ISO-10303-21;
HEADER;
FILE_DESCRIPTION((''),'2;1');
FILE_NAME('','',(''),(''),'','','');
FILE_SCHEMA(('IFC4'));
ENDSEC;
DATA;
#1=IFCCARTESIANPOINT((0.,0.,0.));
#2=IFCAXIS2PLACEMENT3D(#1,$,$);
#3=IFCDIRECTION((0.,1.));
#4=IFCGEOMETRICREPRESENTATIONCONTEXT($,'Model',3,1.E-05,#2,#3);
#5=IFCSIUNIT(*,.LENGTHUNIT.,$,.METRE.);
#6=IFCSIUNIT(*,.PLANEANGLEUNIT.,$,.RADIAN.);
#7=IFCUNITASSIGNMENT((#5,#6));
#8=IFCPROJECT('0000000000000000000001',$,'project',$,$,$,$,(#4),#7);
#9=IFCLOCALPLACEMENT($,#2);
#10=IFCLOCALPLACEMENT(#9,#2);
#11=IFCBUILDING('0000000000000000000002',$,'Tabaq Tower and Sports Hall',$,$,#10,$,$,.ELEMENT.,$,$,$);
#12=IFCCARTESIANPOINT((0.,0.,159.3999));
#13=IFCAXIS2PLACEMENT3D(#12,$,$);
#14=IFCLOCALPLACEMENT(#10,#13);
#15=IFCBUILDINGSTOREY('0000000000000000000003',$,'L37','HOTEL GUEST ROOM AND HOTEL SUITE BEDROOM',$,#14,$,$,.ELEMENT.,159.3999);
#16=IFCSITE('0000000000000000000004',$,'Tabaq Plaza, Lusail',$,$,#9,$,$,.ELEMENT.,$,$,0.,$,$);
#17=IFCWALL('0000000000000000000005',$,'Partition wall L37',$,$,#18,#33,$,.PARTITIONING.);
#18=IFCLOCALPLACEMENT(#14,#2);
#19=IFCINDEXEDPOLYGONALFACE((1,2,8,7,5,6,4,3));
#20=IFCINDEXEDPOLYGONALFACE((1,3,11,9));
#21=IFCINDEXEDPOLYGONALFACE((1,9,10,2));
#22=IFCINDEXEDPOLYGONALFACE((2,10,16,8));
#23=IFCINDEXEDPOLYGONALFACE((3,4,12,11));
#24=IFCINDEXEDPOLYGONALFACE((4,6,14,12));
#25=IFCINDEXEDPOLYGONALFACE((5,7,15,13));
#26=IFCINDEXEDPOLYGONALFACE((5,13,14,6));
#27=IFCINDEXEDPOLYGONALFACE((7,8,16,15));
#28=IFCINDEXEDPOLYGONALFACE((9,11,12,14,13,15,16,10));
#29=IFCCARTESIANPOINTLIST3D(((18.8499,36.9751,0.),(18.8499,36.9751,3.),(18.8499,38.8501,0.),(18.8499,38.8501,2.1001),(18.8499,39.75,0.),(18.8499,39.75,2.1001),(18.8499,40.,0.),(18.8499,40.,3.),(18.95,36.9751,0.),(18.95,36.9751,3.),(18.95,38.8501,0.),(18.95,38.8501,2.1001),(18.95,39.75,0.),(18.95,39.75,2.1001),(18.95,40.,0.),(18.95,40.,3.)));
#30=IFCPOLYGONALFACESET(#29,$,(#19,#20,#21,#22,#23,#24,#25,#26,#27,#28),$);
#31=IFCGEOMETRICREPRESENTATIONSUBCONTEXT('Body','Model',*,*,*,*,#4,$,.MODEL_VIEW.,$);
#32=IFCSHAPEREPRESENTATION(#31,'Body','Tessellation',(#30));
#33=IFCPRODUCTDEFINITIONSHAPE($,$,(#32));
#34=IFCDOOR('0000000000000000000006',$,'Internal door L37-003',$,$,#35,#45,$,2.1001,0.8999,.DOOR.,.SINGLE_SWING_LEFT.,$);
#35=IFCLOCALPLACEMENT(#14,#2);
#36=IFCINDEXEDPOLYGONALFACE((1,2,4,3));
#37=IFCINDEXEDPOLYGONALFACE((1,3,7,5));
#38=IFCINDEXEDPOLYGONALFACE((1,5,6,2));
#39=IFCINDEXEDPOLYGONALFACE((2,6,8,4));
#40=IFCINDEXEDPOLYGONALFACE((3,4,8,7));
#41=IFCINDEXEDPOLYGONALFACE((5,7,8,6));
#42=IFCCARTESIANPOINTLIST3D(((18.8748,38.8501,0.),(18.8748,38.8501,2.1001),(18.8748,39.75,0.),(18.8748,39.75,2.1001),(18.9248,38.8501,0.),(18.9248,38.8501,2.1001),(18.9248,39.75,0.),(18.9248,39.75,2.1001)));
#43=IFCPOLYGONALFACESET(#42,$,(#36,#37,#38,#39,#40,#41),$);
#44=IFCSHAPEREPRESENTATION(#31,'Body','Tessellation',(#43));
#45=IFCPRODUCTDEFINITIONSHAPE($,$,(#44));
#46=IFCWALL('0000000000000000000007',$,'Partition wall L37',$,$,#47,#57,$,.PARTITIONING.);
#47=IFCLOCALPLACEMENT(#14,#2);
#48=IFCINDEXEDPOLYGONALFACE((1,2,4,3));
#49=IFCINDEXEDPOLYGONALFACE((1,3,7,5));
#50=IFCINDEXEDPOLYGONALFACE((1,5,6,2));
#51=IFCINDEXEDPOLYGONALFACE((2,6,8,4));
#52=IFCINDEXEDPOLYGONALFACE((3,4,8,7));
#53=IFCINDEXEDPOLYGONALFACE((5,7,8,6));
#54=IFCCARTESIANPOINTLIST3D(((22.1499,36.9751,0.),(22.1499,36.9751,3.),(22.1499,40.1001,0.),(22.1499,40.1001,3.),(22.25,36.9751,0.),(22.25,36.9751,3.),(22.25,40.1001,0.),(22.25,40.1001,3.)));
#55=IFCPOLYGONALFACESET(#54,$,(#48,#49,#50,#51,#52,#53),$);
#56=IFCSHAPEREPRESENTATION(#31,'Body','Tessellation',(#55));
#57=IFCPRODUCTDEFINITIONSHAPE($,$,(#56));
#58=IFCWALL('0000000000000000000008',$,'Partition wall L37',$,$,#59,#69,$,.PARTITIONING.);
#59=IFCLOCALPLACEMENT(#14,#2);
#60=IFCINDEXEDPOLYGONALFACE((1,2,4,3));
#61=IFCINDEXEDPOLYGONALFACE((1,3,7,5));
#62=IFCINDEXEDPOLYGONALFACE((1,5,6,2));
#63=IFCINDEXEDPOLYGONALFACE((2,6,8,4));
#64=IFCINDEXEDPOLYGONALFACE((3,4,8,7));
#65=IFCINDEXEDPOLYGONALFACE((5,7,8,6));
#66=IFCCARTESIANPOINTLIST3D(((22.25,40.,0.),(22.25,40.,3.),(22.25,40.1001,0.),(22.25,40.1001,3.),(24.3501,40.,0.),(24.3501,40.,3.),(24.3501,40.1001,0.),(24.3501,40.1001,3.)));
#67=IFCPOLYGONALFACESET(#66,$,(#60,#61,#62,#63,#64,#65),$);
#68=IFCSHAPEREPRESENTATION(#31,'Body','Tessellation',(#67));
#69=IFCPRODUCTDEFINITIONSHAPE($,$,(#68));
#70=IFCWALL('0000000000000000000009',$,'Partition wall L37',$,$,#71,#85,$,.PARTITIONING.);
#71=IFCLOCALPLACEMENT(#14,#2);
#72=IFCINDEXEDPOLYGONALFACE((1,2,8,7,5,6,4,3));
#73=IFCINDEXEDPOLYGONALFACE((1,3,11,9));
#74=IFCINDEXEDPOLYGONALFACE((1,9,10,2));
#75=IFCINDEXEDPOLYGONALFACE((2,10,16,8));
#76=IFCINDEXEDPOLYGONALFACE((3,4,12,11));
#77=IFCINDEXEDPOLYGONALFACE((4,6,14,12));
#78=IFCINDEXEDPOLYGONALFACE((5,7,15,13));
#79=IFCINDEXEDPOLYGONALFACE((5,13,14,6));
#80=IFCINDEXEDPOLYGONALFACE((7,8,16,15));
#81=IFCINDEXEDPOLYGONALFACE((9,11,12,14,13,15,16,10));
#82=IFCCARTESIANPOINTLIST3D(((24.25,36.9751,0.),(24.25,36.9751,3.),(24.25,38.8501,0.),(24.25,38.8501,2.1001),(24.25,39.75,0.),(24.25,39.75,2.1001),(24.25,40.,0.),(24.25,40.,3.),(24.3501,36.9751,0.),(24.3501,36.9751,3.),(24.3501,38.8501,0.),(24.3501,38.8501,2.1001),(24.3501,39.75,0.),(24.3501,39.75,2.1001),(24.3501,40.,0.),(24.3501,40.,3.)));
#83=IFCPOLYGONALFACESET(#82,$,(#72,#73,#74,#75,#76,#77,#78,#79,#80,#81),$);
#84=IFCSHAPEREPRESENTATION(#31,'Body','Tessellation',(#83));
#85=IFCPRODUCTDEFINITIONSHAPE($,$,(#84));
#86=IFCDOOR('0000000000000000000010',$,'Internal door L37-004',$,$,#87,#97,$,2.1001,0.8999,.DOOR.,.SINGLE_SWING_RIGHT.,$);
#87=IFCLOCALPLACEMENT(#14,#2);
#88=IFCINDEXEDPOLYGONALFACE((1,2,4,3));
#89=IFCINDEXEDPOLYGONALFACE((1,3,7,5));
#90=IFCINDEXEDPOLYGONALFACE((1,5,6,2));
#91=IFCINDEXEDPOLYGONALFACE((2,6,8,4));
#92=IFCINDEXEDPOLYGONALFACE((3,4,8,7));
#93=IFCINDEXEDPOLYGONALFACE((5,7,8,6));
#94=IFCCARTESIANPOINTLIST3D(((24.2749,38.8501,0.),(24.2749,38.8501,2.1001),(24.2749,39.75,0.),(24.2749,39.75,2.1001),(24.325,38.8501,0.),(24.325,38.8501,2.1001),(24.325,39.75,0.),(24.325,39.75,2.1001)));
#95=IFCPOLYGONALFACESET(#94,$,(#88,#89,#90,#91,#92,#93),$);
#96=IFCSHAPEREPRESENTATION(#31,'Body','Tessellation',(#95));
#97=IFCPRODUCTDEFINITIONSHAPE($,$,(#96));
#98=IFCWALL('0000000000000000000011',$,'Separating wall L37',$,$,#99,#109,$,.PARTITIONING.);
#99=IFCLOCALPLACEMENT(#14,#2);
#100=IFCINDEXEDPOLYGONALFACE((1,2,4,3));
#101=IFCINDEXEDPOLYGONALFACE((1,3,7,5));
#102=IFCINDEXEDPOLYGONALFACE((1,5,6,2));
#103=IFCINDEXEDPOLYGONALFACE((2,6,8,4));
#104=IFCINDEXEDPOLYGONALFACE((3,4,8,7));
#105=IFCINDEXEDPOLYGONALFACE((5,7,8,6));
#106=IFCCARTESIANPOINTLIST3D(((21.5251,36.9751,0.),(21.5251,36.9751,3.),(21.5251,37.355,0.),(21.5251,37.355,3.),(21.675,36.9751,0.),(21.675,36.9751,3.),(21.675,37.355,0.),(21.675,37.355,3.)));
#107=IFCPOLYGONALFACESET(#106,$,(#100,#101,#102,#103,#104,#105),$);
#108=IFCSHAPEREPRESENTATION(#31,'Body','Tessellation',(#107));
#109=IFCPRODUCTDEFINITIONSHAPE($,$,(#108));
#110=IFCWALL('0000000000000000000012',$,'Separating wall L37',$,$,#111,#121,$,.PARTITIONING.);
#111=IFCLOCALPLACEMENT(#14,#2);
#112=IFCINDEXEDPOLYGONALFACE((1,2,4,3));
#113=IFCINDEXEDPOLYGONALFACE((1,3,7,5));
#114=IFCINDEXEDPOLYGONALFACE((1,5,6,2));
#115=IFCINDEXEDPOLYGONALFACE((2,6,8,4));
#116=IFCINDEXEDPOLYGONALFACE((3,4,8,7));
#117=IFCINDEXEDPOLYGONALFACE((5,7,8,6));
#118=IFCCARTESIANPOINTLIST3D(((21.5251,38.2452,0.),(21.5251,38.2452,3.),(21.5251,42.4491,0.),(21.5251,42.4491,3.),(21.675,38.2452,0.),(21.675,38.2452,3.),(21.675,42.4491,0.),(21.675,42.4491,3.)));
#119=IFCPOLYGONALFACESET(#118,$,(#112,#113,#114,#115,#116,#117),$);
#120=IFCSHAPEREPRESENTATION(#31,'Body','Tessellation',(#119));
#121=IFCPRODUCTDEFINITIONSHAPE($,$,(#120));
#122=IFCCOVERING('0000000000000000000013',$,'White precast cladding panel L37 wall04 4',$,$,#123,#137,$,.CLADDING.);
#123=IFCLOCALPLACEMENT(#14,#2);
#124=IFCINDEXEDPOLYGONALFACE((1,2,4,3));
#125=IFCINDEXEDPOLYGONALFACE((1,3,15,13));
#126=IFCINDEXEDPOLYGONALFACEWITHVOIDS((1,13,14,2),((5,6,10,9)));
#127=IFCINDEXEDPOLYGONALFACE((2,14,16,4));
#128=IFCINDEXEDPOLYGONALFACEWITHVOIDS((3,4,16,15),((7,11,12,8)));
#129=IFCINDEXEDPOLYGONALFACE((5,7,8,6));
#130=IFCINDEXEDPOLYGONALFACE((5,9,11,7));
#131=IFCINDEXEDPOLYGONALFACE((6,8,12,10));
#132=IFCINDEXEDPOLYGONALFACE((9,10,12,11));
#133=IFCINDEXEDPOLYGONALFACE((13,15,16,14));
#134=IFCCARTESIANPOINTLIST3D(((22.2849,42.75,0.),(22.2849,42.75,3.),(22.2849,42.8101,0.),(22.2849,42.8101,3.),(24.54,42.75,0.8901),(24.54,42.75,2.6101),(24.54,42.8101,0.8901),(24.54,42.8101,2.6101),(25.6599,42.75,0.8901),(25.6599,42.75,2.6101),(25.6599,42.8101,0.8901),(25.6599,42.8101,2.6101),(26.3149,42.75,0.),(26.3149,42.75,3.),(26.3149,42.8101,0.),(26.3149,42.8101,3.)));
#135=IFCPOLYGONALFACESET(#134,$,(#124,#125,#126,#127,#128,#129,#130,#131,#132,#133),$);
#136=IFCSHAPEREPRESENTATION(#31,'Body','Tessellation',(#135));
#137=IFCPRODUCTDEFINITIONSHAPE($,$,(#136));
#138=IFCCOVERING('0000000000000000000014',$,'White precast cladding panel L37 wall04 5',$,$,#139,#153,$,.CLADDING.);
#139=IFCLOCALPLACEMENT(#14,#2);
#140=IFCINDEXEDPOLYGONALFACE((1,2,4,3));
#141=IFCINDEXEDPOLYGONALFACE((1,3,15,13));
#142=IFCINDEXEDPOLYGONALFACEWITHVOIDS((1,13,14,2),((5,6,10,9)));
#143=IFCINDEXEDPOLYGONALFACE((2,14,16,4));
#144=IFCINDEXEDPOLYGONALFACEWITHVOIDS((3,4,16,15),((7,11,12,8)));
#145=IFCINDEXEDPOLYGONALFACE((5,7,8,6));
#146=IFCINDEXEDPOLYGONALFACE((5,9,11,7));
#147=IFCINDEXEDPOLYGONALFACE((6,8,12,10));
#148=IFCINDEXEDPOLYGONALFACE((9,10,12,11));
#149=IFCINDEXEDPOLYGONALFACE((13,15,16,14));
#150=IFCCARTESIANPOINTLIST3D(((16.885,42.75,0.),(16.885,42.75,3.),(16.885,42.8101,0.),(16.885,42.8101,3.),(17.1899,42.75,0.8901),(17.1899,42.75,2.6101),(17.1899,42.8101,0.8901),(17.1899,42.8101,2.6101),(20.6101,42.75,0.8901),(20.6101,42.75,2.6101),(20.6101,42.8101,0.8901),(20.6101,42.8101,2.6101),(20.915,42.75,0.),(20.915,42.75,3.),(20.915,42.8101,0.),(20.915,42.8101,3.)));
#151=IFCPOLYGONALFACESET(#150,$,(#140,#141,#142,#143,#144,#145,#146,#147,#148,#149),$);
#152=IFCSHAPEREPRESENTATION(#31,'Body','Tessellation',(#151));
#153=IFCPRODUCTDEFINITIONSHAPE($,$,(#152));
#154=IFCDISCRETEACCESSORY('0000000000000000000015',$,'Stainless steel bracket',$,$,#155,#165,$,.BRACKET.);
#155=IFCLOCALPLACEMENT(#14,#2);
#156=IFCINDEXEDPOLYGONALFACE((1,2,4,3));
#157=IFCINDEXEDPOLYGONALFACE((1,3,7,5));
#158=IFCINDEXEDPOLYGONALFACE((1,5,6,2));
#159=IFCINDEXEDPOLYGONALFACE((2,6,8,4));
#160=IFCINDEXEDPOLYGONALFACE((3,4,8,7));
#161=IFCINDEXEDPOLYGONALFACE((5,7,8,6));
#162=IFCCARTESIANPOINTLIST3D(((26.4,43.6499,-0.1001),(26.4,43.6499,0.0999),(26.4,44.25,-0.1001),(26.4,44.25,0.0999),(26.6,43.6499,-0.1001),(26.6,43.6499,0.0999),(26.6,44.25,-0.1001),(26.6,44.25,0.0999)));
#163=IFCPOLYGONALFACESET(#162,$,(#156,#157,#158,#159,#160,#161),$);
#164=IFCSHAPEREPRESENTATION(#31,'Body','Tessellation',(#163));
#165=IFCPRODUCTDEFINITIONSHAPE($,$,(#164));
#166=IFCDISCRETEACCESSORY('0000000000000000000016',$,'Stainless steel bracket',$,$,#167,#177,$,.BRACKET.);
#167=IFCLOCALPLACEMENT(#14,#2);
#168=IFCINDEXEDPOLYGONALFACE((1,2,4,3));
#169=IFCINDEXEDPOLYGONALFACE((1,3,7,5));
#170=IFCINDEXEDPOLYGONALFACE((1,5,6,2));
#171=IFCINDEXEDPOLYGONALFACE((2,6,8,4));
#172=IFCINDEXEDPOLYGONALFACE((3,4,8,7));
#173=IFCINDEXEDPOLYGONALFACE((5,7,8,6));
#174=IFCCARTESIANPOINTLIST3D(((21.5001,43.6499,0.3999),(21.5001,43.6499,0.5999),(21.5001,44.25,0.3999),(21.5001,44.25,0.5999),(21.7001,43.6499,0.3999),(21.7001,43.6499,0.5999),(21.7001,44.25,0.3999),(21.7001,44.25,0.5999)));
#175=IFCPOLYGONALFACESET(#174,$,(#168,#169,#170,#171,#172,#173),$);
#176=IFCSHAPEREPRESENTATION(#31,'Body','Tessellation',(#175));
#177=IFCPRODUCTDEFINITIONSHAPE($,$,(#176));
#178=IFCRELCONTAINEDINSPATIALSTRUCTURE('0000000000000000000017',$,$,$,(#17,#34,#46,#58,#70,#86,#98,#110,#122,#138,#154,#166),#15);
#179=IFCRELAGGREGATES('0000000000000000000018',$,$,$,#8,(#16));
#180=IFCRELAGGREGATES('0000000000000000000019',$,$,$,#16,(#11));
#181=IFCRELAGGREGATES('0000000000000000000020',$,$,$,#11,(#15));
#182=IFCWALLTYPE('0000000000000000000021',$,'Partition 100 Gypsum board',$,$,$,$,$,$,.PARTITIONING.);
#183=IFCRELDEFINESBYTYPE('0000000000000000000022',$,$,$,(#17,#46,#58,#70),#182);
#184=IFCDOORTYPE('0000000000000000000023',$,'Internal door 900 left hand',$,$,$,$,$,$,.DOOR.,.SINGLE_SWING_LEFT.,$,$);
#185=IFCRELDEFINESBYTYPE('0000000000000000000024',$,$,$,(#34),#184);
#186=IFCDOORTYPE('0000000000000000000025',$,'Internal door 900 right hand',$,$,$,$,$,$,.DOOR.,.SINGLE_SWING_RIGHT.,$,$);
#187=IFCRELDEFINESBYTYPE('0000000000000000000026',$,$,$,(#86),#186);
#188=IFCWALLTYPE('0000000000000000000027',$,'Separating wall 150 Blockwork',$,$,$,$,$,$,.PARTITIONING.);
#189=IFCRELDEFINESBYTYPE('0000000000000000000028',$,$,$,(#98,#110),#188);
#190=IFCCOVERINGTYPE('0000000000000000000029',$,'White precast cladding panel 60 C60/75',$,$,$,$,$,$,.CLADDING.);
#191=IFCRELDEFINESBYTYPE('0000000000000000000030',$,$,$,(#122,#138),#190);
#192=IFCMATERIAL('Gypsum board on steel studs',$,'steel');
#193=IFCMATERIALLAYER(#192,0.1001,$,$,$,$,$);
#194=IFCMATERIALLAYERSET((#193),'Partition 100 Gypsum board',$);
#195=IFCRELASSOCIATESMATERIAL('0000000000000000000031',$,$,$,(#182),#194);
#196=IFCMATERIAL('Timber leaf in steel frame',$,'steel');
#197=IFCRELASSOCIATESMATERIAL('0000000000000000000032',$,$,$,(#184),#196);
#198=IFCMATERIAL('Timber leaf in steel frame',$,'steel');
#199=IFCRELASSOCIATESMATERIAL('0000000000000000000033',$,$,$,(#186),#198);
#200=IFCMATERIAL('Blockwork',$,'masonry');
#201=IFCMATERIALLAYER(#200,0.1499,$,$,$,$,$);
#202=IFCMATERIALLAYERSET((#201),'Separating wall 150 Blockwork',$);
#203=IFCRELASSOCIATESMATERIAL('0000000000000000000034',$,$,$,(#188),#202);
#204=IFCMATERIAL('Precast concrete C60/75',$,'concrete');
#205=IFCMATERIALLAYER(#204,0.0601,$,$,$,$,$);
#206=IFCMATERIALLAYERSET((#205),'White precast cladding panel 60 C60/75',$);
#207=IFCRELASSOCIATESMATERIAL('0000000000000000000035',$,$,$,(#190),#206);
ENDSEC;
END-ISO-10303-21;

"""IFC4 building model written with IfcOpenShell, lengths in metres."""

from ifc_helpers import new_model, si_unit, direction, frame, frame_2d, origin, origin_2d, place, context, subcontext, project, spatial, polyline, rectangle, outline, extrude, material, layer, layer_set, type_object, element, fill, save


model = new_model("IFC4")

# Units and contexts
model_context = context("Model", 3, precision=1e-05, world=origin(), true_north=direction((0.0, 1.0)))
body_context = subcontext(model_context, "Body", "Model", "MODEL_VIEW")
ifc_project = project(units=[si_unit("LENGTHUNIT", "METRE"), si_unit("PLANEANGLEUNIT", "RADIAN")], contexts=[model_context])

# Site, building, storey
site_placement = place(None, origin())
site = spatial("IfcSite", under=ifc_project, at=site_placement, Name="Tabaq Plaza, Lusail", CompositionType="ELEMENT", RefElevation=0.0)
building_placement = place(site_placement, origin())
building = spatial("IfcBuilding", under=site, at=building_placement, Name="Tabaq Tower and Sports Hall", CompositionType="ELEMENT")
storey_placement = place(building_placement, frame((0.0, 0.0, 159.3999)))
storey = spatial("IfcBuildingStorey", under=building, at=storey_placement, Name="L37", Description="HOTEL GUEST ROOM AND HOTEL SUITE BEDROOM", CompositionType="ELEMENT", Elevation=159.3999)

# Shared definitions
ifc_material_1 = material(Name="Gypsum board on steel studs", Category="steel")
ifc_layer_1 = layer(ifc_material_1, 0.1001)
ifc_layer_set_1 = layer_set([ifc_layer_1], Name="Partition 100 Gypsum board")
wall_type_1 = type_object("IfcWallType", Name="Partition 100 Gypsum board", PredefinedType="PARTITIONING", material=ifc_layer_set_1)

# Wall, opening, door
wall_1_placement = place(storey_placement, frame((18.8999, 40.0, 0.0), z_axis=(0.0, 0.0, 1.0), x_axis=(0.0, -1.0, 0.0)))
wall_1 = element("IfcWall", 1, at=wall_1_placement, inside=storey, type_object=wall_type_1, Name="Partition wall L37", PredefinedType="PARTITIONING", context=body_context, shape_type="SweptSolid", body=[
    extrude(rectangle(XDim=3.0249, YDim=0.1001, at=frame_2d((1.5125, 0.0))), origin(), (0.0, 0.0, 1.0), 3.0),
])
opening_1_placement = place(wall_1_placement, frame((0.25, 0.0, 0.0)))
opening_1 = element("IfcOpeningElement", 2, at=opening_1_placement, cuts=wall_1, PredefinedType="OPENING", context=body_context, shape_type="SweptSolid", body=[
    extrude(rectangle(XDim=0.8999, YDim=2.1001, at=frame_2d((0.45, 1.05))), frame((0.0, 0.05, 0.0), z_axis=(0.0, -1.0, 0.0), x_axis=(1.0, 0.0, 0.0)), (0.0, 0.0, 1.0), 0.1001),
])
ifc_material_2 = material(Name="Timber leaf in steel frame", Category="steel")
door_type_1 = type_object("IfcDoorType", Name="Internal door 900 left hand", OperationType="SINGLE_SWING_LEFT", PredefinedType="DOOR", material=ifc_material_2)
door_1_placement = place(opening_1_placement, origin())
door_1 = element("IfcDoor", 3, at=door_1_placement, inside=storey, type_object=door_type_1, Name="Internal door L37-003", OperationType="SINGLE_SWING_LEFT", OverallHeight=2.1001, OverallWidth=0.8999, PredefinedType="DOOR", context=body_context, shape_type="SweptSolid", body=[
    extrude(rectangle(XDim=0.8999, YDim=2.1001, at=frame_2d((0.45, 1.05))), frame((0.0, 0.0249, 0.0), z_axis=(0.0, -1.0, 0.0), x_axis=(1.0, 0.0, 0.0)), (0.0, 0.0, 1.0), 0.05),
])
fill(opening_1, door_1)

# Walls
wall_2_placement = place(storey_placement, frame((22.2, 36.9751, 0.0), z_axis=(0.0, 0.0, 1.0), x_axis=(0.0, 1.0, 0.0)))
element("IfcWall", 4, at=wall_2_placement, inside=storey, type_object=wall_type_1, Name="Partition wall L37", PredefinedType="PARTITIONING", context=body_context, shape_type="SweptSolid", body=[
    extrude(rectangle(XDim=3.125, YDim=0.1001, at=frame_2d((1.5625, 0.0))), origin(), (0.0, 0.0, 1.0), 3.0),
])
wall_3_placement = place(storey_placement, frame((22.25, 40.05, 0.0), z_axis=(0.0, 0.0, 1.0), x_axis=(1.0, 0.0, 0.0)))
element("IfcWall", 5, at=wall_3_placement, inside=storey, type_object=wall_type_1, Name="Partition wall L37", PredefinedType="PARTITIONING", context=body_context, shape_type="SweptSolid", body=[
    extrude(rectangle(XDim=2.1001, YDim=0.1001, at=frame_2d((1.05, 0.0))), origin(), (0.0, 0.0, 1.0), 3.0),
])

# Wall, opening, door
wall_4_placement = place(storey_placement, frame((24.3, 40.0, 0.0), z_axis=(0.0, 0.0, 1.0), x_axis=(0.0, -1.0, 0.0)))
wall_4 = element("IfcWall", 6, at=wall_4_placement, inside=storey, type_object=wall_type_1, Name="Partition wall L37", PredefinedType="PARTITIONING", context=body_context, shape_type="SweptSolid", body=[
    extrude(rectangle(XDim=3.0249, YDim=0.1001, at=frame_2d((1.5125, 0.0))), origin(), (0.0, 0.0, 1.0), 3.0),
])
opening_2_placement = place(wall_4_placement, frame((0.25, 0.0, 0.0)))
opening_2 = element("IfcOpeningElement", 7, at=opening_2_placement, cuts=wall_4, PredefinedType="OPENING", context=body_context, shape_type="SweptSolid", body=[
    extrude(rectangle(XDim=0.8999, YDim=2.1001, at=frame_2d((0.45, 1.05))), frame((0.0, 0.05, 0.0), z_axis=(0.0, -1.0, 0.0), x_axis=(1.0, 0.0, 0.0)), (0.0, 0.0, 1.0), 0.1001),
])
ifc_material_3 = material(Name="Timber leaf in steel frame", Category="steel")
door_type_2 = type_object("IfcDoorType", Name="Internal door 900 right hand", OperationType="SINGLE_SWING_RIGHT", PredefinedType="DOOR", material=ifc_material_3)
door_2_placement = place(opening_2_placement, origin())
door_2 = element("IfcDoor", 8, at=door_2_placement, inside=storey, type_object=door_type_2, Name="Internal door L37-004", OperationType="SINGLE_SWING_RIGHT", OverallHeight=2.1001, OverallWidth=0.8999, PredefinedType="DOOR", context=body_context, shape_type="SweptSolid", body=[
    extrude(rectangle(XDim=0.8999, YDim=2.1001, at=frame_2d((0.45, 1.05))), frame((0.0, 0.0249, 0.0), z_axis=(0.0, -1.0, 0.0), x_axis=(1.0, 0.0, 0.0)), (0.0, 0.0, 1.0), 0.05),
])
fill(opening_2, door_2)

# Walls
ifc_material_4 = material(Name="Blockwork", Category="masonry")
ifc_layer_2 = layer(ifc_material_4, 0.1499)
ifc_layer_set_2 = layer_set([ifc_layer_2], Name="Separating wall 150 Blockwork")
wall_type_2 = type_object("IfcWallType", Name="Separating wall 150 Blockwork", PredefinedType="PARTITIONING", material=ifc_layer_set_2)
wall_5_placement = place(storey_placement, frame((21.6001, 36.9751, 0.0), z_axis=(0.0, 0.0, 1.0), x_axis=(0.0, 1.0, 0.0)))
element("IfcWall", 9, at=wall_5_placement, inside=storey, type_object=wall_type_2, Name="Separating wall L37", PredefinedType="PARTITIONING", context=body_context, shape_type="SweptSolid", body=[
    extrude(rectangle(XDim=0.3799, YDim=0.1499, at=frame_2d((0.1899, 0.0))), origin(), (0.0, 0.0, 1.0), 3.0),
])
wall_6_placement = place(storey_placement, frame((21.6001, 38.2451, 0.0), z_axis=(0.0, 0.0, 1.0), x_axis=(0.0, 1.0, 0.0)))
element("IfcWall", 10, at=wall_6_placement, inside=storey, type_object=wall_type_2, Name="Separating wall L37", PredefinedType="PARTITIONING", context=body_context, shape_type="SweptSolid", body=[
    extrude(rectangle(XDim=4.2039, YDim=0.1499, at=frame_2d((2.1021, 0.0))), origin(), (0.0, 0.0, 1.0), 3.0),
])

# Coverings
ifc_material_5 = material(Name="Precast concrete C60/75", Category="concrete")
ifc_layer_3 = layer(ifc_material_5, 0.0601)
ifc_layer_set_3 = layer_set([ifc_layer_3], Name="White precast cladding panel 60 C60/75")
covering_type = type_object("IfcCoveringType", Name="White precast cladding panel 60 C60/75", PredefinedType="CLADDING", material=ifc_layer_set_3)
covering_1_placement = place(storey_placement, frame((26.3149, 42.78, 0.0), z_axis=(0.0, 0.0, 1.0), x_axis=(-1.0, 0.0, 0.0)))
element("IfcCovering", 11, at=covering_1_placement, inside=storey, type_object=covering_type, Name="White precast cladding panel L37 wall04 4", PredefinedType="CLADDING", context=body_context, shape_type="SweptSolid", body=[
    extrude(outline(polyline([(0.0, 0.0), (4.03, 0.0), (4.03, 3.0), (0.0, 3.0), (0.0, 0.0)]), holes=[polyline([(0.655, 0.8901), (0.655, 2.6101), (1.7749, 2.6101), (1.7749, 0.8901), (0.655, 0.8901)])]), frame((0.0, 0.03, 0.0), z_axis=(0.0, -1.0, 0.0), x_axis=(1.0, 0.0, 0.0)), (0.0, 0.0, 1.0), 0.0601),
])
covering_2_placement = place(storey_placement, frame((20.915, 42.78, 0.0), z_axis=(0.0, 0.0, 1.0), x_axis=(-1.0, 0.0, 0.0)))
element("IfcCovering", 12, at=covering_2_placement, inside=storey, type_object=covering_type, Name="White precast cladding panel L37 wall04 5", PredefinedType="CLADDING", context=body_context, shape_type="SweptSolid", body=[
    extrude(outline(polyline([(0.0, 0.0), (4.03, 0.0), (4.03, 3.0), (0.0, 3.0), (0.0, 0.0)]), holes=[polyline([(0.3049, 0.8901), (0.3049, 2.6101), (3.7251, 2.6101), (3.7251, 0.8901), (0.3049, 0.8901)])]), frame((0.0, 0.03, 0.0), z_axis=(0.0, -1.0, 0.0), x_axis=(1.0, 0.0, 0.0)), (0.0, 0.0, 1.0), 0.0601),
])

# Discrete accessories
for number, where, z_axis, x_axis, name in (
    (13, (26.5, 43.95, -0.1001), (0.0, 0.0, 1.0), (0.0, 1.0, 0.0), "Stainless steel bracket"),
    (14, (21.6001, 43.95, 0.3999), (0.0, 0.0, 1.0), (0.0, 1.0, 0.0), "Stainless steel bracket"),
):
    element("IfcDiscreteAccessory", number, at=place(storey_placement, frame(where, z_axis=z_axis, x_axis=x_axis)), inside=storey, Name=name, PredefinedType="BRACKET", context=body_context, shape_type="SweptSolid", body=[
        extrude(rectangle(XDim=0.6001, YDim=0.2, at=origin_2d()), origin(), (0.0, 0.0, 1.0), 0.2),
    ])

save(model, "model.ifc")
